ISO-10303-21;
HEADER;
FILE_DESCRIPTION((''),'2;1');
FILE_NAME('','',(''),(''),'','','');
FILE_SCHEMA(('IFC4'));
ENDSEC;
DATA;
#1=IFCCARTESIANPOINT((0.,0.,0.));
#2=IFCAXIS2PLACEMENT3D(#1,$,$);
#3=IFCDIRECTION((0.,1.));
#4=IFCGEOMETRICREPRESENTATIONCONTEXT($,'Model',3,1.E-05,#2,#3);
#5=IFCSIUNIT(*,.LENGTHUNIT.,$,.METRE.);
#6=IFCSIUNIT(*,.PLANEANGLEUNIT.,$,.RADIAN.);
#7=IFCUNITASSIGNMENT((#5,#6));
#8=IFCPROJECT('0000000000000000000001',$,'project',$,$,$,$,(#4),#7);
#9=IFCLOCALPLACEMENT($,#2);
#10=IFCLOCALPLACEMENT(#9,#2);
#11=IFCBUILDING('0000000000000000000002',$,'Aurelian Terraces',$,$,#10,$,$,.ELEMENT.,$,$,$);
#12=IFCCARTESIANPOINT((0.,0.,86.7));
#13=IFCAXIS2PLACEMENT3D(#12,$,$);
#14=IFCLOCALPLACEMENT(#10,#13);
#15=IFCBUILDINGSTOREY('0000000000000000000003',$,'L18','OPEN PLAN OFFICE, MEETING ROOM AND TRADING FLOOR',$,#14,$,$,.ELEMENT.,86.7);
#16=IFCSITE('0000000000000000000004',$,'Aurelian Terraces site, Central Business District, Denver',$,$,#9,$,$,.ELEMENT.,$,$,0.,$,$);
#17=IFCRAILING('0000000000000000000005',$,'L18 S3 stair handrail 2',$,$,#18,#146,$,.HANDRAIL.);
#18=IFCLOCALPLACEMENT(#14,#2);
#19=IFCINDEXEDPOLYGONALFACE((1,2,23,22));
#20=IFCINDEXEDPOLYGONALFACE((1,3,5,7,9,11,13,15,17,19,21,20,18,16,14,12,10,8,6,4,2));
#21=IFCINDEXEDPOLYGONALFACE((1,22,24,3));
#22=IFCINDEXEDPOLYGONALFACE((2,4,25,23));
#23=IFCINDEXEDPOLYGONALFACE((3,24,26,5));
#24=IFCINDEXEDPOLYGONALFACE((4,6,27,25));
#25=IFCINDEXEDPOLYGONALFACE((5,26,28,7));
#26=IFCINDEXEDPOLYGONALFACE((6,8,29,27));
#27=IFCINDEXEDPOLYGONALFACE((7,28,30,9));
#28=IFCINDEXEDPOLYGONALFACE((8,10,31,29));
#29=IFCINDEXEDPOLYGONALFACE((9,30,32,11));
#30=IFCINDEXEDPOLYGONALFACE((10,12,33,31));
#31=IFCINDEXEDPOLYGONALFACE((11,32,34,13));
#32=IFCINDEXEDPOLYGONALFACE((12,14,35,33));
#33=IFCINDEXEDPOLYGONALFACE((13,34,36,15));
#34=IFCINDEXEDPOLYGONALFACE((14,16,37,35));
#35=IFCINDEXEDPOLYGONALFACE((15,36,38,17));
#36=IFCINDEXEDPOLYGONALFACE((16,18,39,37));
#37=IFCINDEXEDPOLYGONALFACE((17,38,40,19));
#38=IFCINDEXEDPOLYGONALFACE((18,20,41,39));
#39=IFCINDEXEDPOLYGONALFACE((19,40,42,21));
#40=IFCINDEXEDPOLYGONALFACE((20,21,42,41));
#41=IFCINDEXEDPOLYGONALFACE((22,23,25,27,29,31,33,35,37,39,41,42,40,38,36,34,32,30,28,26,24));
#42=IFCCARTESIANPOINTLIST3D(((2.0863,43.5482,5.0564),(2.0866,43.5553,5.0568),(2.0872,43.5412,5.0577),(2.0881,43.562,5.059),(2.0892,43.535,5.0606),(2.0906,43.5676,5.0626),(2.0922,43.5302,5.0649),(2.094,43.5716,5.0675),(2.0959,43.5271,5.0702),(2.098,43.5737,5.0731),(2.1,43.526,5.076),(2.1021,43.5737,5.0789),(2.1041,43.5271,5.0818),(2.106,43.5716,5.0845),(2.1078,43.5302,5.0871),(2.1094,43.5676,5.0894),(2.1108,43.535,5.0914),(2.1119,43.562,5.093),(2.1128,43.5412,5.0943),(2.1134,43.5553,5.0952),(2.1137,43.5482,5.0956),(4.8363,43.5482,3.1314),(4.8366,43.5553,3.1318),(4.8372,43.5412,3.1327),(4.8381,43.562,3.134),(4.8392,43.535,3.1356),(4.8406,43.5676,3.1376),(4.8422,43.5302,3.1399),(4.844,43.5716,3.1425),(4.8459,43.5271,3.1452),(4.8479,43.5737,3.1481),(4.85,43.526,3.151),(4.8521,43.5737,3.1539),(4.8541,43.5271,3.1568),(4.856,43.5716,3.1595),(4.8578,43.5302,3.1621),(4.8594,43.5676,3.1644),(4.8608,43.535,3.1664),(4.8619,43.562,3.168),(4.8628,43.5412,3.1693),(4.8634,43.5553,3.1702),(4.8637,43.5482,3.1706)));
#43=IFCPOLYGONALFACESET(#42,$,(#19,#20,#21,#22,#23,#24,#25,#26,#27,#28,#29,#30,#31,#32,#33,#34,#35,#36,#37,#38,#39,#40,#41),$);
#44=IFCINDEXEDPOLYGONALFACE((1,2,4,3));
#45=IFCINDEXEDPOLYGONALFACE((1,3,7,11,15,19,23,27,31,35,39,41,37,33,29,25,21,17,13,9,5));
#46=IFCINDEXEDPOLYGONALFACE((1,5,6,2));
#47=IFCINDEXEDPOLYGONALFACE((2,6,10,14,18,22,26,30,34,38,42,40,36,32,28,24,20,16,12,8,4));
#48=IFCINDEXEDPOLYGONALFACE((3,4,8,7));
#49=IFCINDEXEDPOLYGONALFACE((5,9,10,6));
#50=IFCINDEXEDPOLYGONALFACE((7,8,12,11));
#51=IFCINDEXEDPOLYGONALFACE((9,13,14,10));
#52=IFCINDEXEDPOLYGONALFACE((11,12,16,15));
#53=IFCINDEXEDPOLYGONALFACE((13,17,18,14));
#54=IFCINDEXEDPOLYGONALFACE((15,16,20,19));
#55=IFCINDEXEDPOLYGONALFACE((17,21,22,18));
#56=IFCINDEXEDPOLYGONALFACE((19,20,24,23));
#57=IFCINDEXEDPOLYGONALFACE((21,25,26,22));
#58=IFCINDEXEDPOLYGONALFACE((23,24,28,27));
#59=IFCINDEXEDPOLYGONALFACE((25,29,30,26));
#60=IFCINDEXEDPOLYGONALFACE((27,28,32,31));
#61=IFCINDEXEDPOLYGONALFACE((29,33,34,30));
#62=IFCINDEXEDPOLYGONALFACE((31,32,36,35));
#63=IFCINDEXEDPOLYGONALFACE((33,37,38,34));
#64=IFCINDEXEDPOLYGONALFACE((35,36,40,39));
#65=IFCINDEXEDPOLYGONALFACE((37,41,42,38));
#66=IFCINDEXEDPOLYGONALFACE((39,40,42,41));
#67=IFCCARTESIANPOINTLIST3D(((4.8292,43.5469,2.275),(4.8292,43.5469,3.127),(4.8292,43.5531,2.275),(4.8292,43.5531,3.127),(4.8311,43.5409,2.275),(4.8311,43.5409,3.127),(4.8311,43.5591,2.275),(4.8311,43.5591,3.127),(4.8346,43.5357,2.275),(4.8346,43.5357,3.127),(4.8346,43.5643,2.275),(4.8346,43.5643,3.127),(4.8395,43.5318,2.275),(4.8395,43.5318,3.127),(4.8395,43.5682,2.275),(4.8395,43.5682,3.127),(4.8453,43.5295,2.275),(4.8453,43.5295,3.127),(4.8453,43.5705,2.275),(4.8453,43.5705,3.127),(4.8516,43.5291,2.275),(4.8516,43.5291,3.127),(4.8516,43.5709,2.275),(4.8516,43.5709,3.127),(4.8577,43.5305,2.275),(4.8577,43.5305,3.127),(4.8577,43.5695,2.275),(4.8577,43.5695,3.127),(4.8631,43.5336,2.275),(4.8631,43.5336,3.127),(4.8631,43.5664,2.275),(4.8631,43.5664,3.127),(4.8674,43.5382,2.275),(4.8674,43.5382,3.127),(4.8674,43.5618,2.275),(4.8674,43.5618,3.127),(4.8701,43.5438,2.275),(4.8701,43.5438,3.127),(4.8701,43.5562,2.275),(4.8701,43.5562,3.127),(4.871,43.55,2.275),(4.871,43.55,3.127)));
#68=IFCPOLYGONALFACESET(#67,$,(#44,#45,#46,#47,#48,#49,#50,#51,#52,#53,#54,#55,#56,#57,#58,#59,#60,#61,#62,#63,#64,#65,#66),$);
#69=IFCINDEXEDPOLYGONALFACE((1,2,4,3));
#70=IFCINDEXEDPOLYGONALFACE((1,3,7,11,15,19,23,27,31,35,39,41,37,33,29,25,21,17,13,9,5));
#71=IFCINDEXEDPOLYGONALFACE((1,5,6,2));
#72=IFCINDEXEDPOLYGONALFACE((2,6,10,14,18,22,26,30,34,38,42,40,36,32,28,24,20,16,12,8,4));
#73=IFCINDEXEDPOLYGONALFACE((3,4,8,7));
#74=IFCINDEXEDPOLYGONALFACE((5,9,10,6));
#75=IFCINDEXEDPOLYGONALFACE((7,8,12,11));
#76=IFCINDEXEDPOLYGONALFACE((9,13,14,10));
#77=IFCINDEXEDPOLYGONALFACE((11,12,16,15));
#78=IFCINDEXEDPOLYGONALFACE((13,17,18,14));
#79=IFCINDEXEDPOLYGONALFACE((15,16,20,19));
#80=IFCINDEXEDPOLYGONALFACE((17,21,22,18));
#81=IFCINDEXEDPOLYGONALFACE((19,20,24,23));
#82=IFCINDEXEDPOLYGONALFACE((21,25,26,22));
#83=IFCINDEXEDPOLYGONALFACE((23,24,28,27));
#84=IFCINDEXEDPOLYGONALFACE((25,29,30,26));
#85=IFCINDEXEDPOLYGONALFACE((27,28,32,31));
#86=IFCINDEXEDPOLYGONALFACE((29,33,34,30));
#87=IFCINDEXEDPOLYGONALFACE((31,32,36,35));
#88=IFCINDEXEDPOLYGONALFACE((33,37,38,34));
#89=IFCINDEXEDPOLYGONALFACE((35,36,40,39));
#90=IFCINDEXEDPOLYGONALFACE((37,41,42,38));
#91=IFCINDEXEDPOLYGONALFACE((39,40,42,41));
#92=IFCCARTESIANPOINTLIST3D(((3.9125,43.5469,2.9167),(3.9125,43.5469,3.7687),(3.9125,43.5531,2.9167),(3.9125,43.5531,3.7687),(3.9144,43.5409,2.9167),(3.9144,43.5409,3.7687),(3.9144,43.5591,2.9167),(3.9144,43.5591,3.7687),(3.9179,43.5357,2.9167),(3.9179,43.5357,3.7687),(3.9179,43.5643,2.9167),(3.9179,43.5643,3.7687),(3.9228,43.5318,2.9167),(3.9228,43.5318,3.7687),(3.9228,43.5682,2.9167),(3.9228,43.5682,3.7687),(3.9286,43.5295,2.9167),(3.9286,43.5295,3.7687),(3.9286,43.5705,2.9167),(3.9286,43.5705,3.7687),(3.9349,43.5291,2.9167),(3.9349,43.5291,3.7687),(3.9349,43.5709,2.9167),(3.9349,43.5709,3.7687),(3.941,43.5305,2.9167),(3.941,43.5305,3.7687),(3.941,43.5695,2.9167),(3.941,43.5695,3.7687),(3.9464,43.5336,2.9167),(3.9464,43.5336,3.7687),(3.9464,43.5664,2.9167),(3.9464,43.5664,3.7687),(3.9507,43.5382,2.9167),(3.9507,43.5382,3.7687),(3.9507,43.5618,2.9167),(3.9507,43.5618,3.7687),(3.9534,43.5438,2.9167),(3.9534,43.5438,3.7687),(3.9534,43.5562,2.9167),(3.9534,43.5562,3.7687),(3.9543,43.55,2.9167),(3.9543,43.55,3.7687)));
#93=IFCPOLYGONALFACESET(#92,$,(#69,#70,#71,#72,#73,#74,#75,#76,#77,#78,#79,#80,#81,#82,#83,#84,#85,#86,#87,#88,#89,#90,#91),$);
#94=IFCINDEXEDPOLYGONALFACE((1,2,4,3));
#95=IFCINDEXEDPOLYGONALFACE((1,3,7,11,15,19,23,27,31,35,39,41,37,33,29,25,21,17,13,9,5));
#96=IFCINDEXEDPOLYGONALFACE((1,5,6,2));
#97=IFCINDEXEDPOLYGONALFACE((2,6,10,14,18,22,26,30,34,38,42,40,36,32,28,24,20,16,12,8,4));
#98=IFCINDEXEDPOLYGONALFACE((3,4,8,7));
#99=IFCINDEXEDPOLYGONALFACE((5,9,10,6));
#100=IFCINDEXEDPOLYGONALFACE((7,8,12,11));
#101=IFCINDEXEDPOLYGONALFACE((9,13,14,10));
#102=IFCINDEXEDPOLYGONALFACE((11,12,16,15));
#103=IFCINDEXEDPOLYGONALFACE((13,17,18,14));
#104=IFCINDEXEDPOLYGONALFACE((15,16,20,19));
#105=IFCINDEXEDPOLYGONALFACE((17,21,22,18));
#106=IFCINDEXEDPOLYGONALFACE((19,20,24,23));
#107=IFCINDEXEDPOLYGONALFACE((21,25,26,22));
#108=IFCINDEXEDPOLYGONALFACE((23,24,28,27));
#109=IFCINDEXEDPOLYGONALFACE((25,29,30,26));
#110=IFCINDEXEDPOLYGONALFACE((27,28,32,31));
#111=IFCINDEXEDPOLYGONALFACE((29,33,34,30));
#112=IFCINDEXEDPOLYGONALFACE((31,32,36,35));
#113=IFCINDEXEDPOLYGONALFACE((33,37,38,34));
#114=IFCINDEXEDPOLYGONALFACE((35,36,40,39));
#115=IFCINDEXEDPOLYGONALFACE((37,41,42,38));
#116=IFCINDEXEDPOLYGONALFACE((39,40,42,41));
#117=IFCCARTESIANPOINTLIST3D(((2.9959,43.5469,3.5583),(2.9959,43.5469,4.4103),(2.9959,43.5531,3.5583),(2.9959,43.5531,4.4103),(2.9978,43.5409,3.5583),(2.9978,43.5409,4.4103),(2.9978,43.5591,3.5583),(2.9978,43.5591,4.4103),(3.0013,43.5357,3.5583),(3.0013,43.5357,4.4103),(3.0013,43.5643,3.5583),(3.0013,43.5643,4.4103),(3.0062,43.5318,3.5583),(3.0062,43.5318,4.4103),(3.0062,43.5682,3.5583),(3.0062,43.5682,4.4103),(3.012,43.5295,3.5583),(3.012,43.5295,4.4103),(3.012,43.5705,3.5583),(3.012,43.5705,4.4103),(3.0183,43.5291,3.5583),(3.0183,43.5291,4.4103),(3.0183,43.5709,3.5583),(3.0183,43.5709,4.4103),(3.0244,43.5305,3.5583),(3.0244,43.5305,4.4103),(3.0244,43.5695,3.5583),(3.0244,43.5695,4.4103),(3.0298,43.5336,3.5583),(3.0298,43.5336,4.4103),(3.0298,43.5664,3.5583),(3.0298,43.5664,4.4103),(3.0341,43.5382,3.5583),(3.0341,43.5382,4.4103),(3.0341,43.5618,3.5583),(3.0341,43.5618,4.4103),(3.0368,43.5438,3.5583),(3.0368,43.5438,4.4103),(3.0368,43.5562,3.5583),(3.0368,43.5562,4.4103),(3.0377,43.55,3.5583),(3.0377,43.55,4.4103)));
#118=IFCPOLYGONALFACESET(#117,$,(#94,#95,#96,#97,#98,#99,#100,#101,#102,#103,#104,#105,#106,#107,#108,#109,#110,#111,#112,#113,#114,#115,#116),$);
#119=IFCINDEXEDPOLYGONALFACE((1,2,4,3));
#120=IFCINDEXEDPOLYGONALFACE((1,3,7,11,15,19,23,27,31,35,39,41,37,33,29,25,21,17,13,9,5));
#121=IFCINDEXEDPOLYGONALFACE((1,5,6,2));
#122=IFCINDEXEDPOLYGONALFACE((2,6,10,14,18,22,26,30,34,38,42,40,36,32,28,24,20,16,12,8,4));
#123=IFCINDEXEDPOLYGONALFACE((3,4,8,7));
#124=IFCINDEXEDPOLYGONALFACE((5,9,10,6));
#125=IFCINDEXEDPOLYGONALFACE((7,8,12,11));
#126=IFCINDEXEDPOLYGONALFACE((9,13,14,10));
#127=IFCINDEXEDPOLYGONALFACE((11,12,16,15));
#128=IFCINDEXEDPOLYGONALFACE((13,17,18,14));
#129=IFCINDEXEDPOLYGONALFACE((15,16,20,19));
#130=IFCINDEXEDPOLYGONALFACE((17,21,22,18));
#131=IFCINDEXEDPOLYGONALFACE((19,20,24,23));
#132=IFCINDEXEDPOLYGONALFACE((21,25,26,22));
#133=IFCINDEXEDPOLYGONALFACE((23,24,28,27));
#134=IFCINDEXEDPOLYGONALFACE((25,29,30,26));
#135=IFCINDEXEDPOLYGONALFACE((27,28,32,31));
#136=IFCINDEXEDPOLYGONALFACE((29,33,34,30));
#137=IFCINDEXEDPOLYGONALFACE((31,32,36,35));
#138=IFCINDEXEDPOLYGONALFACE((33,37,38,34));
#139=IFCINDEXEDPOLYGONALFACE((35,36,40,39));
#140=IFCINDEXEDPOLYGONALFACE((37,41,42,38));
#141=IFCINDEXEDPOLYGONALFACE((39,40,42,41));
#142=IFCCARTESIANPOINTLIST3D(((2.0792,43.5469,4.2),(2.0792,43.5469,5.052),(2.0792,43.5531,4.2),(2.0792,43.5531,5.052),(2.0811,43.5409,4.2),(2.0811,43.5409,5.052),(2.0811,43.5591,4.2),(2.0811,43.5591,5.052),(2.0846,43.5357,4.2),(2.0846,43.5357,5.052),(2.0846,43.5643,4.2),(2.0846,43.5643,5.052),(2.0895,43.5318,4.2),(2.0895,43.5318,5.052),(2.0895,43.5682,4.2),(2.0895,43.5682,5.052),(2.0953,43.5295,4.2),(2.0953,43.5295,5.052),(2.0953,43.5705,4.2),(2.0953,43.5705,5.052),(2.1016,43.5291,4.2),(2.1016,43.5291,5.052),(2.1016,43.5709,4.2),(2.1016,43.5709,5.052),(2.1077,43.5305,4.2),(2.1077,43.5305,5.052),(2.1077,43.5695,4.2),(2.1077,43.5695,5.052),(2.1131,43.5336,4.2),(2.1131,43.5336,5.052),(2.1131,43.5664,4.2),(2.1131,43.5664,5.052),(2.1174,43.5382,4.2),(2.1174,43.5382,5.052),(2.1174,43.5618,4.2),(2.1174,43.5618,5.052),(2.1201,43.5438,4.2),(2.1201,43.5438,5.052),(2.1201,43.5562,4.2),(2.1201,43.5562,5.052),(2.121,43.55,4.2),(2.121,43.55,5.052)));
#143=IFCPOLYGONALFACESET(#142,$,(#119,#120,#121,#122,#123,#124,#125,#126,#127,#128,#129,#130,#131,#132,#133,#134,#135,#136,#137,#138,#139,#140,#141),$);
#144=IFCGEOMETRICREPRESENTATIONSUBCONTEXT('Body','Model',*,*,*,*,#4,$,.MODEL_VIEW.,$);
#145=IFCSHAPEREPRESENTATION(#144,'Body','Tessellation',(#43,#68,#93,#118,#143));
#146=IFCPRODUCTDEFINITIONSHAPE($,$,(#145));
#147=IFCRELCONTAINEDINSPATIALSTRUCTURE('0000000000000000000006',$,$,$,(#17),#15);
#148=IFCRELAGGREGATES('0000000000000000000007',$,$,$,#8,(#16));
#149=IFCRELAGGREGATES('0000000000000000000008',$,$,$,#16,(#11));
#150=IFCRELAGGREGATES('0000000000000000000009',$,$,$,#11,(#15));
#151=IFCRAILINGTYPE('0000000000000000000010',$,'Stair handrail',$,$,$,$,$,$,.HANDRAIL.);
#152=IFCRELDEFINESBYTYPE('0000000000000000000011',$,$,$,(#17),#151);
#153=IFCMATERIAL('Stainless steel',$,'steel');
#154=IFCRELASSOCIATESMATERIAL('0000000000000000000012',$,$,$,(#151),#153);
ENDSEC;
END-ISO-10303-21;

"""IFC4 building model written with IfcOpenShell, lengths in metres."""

from ifc_helpers import new_model, si_unit, direction, frame, origin, origin_2d, place, context, subcontext, project, spatial, circle, extrude, source, transform, mapped, material, type_object, element, save


model = new_model("IFC4")

# Units and contexts
model_context = context("Model", 3, precision=1e-05, world=origin(), true_north=direction((0.0, 1.0)))
body_context = subcontext(model_context, "Body", "Model", "MODEL_VIEW")
ifc_project = project(units=[si_unit("LENGTHUNIT", "METRE"), si_unit("PLANEANGLEUNIT", "RADIAN")], contexts=[model_context])

# Site, building, storey
site_placement = place(None, origin())
site = spatial("IfcSite", under=ifc_project, at=site_placement, Name="Aurelian Terraces site, Central Business District, Denver", CompositionType="ELEMENT", RefElevation=0.0)
building_placement = place(site_placement, origin())
building = spatial("IfcBuilding", under=site, at=building_placement, Name="Aurelian Terraces", CompositionType="ELEMENT")
storey_placement = place(building_placement, frame((0.0, 0.0, 86.7)))
storey = spatial("IfcBuildingStorey", under=building, at=storey_placement, Name="L18", Description="OPEN PLAN OFFICE, MEETING ROOM AND TRADING FLOOR", CompositionType="ELEMENT", Elevation=86.7)

# Railing
ifc_material_1 = material(Name="Stainless steel", Category="steel")
railing_type_1 = type_object("IfcRailingType", Name="Stair handrail", PredefinedType="HANDRAIL", material=ifc_material_1)
shared_shape_1 = source(origin(), body_context, "Body", "SweptSolid", [
    extrude(circle(Radius=0.024, at=origin_2d()), frame((0.0, 0.0, 0.876), z_axis=(-0.819232, 0.0, 0.573462), x_axis=(0.0, -1.0, 0.0)), (0.0, 0.0, 1.0), 3.3568),
    extrude(circle(Radius=0.021, at=origin_2d()), origin(), (0.0, 0.0, 1.0), 0.852),
    extrude(circle(Radius=0.021, at=origin_2d()), frame((-0.9167, 0.0, 0.6417)), (0.0, 0.0, 1.0), 0.852),
    extrude(circle(Radius=0.021, at=origin_2d()), frame((-1.8333, 0.0, 1.2833)), (0.0, 0.0, 1.0), 0.852),
    extrude(circle(Radius=0.021, at=origin_2d()), frame((-2.75, 0.0, 1.925)), (0.0, 0.0, 1.0), 0.852),
])
railing_1_placement = place(storey_placement, frame((4.85, 43.55, 2.275)))
element("IfcRailing", 1, at=railing_1_placement, inside=storey, type_object=railing_type_1, Name="L18 S3 stair handrail 2", PredefinedType="HANDRAIL", context=body_context, shape_type="MappedRepresentation", body=[
    mapped(shared_shape_1, transform((0.0, 0.0, 0.0), scale=1.0)),
])

save(model, "model.ifc")
